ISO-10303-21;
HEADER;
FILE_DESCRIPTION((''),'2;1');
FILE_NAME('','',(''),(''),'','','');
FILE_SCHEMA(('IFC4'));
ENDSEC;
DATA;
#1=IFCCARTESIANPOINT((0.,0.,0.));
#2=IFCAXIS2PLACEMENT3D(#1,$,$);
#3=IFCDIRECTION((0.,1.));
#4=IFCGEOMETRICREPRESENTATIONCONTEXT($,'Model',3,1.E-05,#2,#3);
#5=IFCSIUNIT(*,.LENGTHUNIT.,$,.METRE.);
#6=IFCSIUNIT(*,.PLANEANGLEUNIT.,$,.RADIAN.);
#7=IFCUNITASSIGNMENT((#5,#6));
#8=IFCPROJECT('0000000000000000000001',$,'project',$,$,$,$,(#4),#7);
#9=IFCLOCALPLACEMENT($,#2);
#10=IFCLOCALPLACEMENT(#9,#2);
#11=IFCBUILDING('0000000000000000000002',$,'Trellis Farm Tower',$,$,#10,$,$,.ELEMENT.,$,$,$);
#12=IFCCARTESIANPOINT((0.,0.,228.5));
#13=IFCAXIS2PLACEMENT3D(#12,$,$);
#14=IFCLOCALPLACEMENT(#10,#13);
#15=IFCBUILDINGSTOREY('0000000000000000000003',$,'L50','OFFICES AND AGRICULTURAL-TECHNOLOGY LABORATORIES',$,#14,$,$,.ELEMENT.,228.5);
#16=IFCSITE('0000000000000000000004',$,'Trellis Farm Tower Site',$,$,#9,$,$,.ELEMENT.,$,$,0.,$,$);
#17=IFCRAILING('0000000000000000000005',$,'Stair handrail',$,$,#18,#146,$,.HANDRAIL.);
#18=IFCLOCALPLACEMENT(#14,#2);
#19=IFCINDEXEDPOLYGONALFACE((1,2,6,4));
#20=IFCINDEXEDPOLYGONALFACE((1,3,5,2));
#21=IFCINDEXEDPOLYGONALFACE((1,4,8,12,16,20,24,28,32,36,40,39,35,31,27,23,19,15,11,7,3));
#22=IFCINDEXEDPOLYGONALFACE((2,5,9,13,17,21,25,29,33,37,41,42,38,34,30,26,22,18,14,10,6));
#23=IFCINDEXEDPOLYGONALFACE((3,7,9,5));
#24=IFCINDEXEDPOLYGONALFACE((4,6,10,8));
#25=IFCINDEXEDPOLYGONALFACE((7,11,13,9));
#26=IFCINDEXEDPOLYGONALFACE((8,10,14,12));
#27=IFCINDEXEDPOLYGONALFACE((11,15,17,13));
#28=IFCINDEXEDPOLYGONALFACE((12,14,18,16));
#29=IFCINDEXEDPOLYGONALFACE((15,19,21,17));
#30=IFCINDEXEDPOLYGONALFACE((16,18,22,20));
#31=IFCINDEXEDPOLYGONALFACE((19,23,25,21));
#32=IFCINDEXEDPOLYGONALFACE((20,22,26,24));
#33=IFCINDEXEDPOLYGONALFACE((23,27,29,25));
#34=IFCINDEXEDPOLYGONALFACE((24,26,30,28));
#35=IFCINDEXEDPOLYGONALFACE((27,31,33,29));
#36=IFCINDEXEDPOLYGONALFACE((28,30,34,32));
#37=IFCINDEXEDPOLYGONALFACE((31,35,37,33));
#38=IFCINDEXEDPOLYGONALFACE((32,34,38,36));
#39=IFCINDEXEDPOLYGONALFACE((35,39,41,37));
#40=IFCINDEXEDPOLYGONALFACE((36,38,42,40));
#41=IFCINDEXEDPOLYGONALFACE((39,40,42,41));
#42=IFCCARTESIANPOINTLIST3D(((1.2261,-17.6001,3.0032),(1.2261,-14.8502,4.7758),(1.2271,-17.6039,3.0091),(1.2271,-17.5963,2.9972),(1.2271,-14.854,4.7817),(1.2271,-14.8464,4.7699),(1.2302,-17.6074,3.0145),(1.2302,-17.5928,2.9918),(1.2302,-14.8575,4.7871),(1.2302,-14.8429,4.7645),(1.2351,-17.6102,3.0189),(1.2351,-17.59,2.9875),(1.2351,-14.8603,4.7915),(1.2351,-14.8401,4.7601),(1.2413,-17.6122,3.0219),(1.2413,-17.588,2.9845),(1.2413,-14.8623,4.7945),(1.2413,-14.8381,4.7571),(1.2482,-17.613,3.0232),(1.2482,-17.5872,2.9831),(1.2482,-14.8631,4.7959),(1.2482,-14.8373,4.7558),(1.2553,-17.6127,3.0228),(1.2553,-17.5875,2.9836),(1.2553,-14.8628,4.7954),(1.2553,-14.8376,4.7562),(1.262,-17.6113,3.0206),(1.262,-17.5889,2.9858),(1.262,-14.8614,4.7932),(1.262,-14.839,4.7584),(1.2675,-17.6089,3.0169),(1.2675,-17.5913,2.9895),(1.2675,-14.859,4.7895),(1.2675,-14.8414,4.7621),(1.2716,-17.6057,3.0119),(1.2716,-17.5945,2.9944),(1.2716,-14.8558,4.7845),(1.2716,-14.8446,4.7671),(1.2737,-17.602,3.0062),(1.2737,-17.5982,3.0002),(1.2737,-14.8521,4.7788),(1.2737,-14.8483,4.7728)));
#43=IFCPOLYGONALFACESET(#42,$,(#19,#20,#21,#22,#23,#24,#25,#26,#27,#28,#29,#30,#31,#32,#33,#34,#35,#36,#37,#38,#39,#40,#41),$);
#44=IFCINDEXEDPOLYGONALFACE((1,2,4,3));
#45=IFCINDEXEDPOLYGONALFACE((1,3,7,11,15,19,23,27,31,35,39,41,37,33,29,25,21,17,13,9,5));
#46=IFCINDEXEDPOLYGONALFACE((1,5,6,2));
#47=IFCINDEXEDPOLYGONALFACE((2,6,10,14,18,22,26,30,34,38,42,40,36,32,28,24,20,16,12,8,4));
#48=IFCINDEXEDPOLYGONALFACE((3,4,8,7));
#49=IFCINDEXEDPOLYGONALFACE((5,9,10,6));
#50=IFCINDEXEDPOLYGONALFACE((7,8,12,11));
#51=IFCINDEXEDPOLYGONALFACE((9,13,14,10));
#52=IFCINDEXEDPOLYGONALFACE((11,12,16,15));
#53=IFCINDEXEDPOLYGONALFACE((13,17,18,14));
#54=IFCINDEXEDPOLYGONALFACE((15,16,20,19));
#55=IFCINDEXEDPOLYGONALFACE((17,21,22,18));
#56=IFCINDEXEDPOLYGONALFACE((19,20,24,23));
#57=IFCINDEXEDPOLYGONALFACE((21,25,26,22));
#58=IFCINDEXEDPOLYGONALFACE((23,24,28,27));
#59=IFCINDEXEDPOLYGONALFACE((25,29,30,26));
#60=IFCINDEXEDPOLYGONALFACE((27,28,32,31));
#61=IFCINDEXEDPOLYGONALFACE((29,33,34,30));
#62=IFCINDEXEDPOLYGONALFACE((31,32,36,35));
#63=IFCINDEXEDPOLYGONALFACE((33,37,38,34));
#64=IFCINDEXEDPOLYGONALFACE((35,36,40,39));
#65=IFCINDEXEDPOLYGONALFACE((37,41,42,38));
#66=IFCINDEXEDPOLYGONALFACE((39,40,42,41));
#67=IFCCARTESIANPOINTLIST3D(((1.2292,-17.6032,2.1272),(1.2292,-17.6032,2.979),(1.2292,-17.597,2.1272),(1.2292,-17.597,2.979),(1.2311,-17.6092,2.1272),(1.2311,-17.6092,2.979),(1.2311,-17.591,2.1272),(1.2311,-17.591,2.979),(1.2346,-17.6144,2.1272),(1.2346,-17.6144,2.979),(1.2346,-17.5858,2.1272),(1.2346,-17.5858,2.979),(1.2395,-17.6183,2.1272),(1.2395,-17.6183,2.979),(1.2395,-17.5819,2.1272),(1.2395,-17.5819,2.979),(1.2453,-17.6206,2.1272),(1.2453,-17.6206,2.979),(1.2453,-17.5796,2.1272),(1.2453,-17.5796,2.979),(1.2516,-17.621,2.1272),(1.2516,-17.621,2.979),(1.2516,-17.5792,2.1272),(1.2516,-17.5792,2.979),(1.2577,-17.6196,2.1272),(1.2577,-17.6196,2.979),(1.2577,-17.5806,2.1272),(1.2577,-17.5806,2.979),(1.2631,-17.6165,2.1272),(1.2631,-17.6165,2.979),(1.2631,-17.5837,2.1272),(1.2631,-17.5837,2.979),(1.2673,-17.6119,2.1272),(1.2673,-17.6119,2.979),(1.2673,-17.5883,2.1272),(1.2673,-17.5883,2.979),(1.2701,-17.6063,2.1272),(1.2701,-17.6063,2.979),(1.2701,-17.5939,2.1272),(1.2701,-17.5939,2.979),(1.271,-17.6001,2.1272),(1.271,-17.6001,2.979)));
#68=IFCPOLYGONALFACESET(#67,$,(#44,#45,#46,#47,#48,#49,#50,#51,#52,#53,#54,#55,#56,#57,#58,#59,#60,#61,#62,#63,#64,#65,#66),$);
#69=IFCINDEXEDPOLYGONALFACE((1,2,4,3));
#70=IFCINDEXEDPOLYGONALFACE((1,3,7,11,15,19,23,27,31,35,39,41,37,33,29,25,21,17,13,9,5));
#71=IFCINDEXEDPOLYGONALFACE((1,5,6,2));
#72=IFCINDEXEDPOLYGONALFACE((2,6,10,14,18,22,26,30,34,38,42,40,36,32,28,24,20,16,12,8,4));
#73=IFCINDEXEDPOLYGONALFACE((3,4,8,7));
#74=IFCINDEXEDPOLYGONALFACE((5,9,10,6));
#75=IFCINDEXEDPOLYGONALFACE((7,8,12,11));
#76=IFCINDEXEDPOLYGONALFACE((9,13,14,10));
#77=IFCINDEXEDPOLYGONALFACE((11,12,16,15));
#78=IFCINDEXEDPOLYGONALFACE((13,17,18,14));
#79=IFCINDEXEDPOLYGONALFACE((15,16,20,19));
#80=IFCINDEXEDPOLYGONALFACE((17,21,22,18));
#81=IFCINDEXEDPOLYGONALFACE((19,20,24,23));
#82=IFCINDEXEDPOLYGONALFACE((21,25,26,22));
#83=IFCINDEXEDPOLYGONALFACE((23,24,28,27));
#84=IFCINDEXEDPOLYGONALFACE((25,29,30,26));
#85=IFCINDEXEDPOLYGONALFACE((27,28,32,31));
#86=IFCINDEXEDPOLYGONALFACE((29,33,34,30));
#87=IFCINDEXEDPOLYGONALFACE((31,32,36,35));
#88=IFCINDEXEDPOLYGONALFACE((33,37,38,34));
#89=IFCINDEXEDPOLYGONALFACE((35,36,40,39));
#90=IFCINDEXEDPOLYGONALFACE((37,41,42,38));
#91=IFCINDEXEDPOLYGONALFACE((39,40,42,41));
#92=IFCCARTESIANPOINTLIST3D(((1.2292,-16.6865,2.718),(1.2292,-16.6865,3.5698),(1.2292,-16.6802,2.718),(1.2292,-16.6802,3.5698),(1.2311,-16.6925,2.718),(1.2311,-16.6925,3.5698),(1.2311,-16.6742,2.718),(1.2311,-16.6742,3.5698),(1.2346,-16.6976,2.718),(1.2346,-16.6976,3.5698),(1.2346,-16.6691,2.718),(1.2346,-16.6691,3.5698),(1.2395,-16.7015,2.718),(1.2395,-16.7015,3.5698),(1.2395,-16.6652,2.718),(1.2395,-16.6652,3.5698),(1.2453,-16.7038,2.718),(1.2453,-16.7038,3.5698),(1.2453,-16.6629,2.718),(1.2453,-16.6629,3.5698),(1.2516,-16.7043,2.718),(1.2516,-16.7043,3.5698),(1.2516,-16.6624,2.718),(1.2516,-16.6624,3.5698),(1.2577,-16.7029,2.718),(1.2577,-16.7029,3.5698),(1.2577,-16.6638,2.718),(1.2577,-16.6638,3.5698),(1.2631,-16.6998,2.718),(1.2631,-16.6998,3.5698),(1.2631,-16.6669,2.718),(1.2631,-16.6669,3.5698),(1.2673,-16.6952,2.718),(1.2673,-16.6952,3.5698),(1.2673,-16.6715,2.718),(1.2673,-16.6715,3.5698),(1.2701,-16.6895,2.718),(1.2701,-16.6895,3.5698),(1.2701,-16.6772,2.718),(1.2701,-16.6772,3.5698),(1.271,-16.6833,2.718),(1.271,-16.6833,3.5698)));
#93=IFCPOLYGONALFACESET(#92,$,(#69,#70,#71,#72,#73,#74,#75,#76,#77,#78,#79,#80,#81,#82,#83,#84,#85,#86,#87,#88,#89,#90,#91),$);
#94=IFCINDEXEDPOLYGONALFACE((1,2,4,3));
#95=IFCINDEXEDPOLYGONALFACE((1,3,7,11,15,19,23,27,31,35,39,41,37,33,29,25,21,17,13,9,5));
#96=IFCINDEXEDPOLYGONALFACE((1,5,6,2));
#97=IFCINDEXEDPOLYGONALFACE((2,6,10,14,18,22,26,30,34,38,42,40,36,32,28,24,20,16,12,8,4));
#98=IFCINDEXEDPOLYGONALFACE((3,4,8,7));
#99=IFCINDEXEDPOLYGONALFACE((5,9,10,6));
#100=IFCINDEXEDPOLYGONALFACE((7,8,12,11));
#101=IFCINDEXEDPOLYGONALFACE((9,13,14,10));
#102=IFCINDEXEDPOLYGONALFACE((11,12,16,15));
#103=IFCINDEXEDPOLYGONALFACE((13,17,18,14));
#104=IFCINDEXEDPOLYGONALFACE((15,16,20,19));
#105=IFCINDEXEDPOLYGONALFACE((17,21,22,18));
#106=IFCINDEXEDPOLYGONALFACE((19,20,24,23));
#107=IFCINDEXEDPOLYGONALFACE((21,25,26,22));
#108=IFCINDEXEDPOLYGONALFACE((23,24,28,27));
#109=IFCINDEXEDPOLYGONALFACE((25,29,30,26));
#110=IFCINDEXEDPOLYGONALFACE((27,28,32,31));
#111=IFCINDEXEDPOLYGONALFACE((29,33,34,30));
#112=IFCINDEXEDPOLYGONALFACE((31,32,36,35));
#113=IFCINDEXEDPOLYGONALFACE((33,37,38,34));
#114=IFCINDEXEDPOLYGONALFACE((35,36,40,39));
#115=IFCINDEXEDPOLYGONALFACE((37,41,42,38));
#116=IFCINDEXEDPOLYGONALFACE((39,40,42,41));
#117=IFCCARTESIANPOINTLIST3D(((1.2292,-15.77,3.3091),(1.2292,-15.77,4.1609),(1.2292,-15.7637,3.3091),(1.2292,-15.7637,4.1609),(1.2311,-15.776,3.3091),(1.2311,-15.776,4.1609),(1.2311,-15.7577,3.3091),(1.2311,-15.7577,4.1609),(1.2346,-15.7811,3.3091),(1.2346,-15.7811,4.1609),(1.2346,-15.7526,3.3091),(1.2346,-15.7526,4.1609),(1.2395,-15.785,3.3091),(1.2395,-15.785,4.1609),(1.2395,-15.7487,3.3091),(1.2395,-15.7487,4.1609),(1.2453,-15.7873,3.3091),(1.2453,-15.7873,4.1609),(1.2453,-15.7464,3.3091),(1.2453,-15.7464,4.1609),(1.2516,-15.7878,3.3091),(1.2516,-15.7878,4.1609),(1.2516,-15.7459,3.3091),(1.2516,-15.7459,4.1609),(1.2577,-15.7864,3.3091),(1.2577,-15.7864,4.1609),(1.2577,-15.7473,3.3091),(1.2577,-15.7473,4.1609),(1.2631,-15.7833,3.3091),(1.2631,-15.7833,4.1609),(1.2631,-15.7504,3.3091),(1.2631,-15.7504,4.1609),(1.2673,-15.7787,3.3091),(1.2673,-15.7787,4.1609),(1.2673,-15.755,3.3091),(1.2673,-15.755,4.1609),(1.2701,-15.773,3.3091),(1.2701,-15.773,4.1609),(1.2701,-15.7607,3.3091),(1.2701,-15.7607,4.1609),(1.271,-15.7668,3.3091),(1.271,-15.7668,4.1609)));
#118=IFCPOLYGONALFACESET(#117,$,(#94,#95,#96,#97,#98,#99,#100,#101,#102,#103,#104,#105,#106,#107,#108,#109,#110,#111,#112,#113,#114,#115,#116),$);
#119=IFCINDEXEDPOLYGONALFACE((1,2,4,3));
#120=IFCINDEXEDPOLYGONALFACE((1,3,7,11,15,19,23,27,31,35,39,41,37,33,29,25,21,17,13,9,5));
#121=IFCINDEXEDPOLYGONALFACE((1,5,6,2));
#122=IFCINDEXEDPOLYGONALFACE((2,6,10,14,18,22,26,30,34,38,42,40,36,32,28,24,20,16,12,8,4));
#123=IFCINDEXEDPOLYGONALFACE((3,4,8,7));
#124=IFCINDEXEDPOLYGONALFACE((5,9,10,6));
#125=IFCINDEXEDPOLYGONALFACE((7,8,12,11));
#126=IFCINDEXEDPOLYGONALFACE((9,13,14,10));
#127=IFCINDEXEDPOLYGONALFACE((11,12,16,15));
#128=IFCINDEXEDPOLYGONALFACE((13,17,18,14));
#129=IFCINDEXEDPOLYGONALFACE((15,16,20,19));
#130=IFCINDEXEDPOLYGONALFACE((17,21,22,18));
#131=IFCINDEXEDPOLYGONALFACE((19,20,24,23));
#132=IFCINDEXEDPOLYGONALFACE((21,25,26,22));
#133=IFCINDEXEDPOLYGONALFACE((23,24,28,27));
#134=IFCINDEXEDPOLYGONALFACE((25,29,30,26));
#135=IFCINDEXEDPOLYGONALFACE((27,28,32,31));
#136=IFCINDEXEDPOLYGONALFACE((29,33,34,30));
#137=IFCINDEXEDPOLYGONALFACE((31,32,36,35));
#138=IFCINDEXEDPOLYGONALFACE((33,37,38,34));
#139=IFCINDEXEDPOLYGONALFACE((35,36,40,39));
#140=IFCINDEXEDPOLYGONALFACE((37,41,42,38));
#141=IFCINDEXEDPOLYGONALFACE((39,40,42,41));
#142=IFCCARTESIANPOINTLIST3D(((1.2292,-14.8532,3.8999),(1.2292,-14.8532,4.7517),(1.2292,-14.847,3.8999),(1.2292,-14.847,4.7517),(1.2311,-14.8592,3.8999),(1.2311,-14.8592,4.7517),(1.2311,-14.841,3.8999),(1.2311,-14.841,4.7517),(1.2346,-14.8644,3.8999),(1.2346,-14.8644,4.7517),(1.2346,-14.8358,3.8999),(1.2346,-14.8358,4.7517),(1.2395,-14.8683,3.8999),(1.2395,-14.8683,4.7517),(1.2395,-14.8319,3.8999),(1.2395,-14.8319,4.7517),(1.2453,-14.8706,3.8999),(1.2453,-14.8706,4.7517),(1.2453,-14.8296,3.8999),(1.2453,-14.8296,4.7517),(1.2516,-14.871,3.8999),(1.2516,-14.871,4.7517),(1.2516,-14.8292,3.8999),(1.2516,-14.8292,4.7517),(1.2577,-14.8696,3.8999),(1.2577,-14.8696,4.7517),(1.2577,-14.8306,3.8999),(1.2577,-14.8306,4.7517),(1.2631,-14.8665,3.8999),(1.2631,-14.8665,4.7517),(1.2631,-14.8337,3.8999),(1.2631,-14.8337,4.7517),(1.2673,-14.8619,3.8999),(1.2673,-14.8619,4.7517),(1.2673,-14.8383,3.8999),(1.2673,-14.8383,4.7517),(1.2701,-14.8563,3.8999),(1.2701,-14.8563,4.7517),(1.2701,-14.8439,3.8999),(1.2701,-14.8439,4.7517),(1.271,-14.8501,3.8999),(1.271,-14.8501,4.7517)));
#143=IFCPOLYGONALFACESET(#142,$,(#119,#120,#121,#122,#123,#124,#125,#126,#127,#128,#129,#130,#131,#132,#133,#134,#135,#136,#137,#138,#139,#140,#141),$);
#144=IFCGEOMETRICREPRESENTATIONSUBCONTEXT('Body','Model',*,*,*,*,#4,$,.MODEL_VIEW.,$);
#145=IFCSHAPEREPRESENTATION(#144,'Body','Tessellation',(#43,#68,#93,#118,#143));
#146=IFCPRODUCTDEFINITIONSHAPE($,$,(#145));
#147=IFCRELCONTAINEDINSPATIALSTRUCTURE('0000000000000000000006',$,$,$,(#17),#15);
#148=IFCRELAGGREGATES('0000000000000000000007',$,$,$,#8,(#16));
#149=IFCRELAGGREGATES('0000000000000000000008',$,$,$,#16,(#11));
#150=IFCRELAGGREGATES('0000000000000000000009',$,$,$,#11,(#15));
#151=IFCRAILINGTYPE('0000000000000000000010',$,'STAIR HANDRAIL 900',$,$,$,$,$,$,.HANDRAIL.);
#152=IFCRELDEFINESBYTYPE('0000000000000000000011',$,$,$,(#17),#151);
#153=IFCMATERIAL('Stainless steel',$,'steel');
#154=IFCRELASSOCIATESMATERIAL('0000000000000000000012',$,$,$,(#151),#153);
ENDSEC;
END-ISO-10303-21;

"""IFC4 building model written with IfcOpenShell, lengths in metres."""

from ifc_helpers import new_model, si_unit, direction, frame, origin, origin_2d, place, context, subcontext, project, spatial, circle, extrude, source, transform, mapped, material, type_object, element, save


model = new_model("IFC4")

# Units and contexts
model_context = context("Model", 3, precision=1e-05, world=origin(), true_north=direction((0.0, 1.0)))
body_context = subcontext(model_context, "Body", "Model", "MODEL_VIEW")
ifc_project = project(units=[si_unit("LENGTHUNIT", "METRE"), si_unit("PLANEANGLEUNIT", "RADIAN")], contexts=[model_context])

# Site, building, storey
site_placement = place(None, origin())
site = spatial("IfcSite", under=ifc_project, at=site_placement, Name="Trellis Farm Tower Site", CompositionType="ELEMENT", RefElevation=0.0)
building_placement = place(site_placement, origin())
building = spatial("IfcBuilding", under=site, at=building_placement, Name="Trellis Farm Tower", CompositionType="ELEMENT")
storey_placement = place(building_placement, frame((0.0, 0.0, 228.5)))
storey = spatial("IfcBuildingStorey", under=building, at=storey_placement, Name="L50", Description="OFFICES AND AGRICULTURAL-TECHNOLOGY LABORATORIES", CompositionType="ELEMENT", Elevation=228.5)

# Railing
ifc_material_1 = material(Name="Stainless steel", Category="steel")
railing_type = type_object("IfcRailingType", Name="STAIR HANDRAIL 900", PredefinedType="HANDRAIL", material=ifc_material_1)
shared_shape_1 = source(origin(), body_context, "Body", "SweptSolid", [
    extrude(circle(Radius=0.0239, at=origin_2d()), frame((0.0, 0.0, 0.876), z_axis=(0.0, 0.840504, 0.541806), x_axis=(-1.0, 0.0, 0.0)), (0.0, 0.0, 1.0), 3.2717),
    extrude(circle(Radius=0.021, at=origin_2d()), origin(), (0.0, 0.0, 1.0), 0.8518),
    extrude(circle(Radius=0.021, at=origin_2d()), frame((0.0, 0.9167, 0.5908)), (0.0, 0.0, 1.0), 0.8518),
    extrude(circle(Radius=0.021, at=origin_2d()), frame((0.0, 1.8333, 1.1819)), (0.0, 0.0, 1.0), 0.8518),
    extrude(circle(Radius=0.021, at=origin_2d()), frame((0.0, 2.75, 1.7727)), (0.0, 0.0, 1.0), 0.8518),
])
railing_placement = place(storey_placement, frame((1.25, -17.6001, 2.1272)))
element("IfcRailing", 1, at=railing_placement, inside=storey, type_object=railing_type, Name="Stair handrail", PredefinedType="HANDRAIL", context=body_context, shape_type="MappedRepresentation", body=[
    mapped(shared_shape_1, transform((0.0, 0.0, 0.0))),
])

save(model, "model.ifc")
